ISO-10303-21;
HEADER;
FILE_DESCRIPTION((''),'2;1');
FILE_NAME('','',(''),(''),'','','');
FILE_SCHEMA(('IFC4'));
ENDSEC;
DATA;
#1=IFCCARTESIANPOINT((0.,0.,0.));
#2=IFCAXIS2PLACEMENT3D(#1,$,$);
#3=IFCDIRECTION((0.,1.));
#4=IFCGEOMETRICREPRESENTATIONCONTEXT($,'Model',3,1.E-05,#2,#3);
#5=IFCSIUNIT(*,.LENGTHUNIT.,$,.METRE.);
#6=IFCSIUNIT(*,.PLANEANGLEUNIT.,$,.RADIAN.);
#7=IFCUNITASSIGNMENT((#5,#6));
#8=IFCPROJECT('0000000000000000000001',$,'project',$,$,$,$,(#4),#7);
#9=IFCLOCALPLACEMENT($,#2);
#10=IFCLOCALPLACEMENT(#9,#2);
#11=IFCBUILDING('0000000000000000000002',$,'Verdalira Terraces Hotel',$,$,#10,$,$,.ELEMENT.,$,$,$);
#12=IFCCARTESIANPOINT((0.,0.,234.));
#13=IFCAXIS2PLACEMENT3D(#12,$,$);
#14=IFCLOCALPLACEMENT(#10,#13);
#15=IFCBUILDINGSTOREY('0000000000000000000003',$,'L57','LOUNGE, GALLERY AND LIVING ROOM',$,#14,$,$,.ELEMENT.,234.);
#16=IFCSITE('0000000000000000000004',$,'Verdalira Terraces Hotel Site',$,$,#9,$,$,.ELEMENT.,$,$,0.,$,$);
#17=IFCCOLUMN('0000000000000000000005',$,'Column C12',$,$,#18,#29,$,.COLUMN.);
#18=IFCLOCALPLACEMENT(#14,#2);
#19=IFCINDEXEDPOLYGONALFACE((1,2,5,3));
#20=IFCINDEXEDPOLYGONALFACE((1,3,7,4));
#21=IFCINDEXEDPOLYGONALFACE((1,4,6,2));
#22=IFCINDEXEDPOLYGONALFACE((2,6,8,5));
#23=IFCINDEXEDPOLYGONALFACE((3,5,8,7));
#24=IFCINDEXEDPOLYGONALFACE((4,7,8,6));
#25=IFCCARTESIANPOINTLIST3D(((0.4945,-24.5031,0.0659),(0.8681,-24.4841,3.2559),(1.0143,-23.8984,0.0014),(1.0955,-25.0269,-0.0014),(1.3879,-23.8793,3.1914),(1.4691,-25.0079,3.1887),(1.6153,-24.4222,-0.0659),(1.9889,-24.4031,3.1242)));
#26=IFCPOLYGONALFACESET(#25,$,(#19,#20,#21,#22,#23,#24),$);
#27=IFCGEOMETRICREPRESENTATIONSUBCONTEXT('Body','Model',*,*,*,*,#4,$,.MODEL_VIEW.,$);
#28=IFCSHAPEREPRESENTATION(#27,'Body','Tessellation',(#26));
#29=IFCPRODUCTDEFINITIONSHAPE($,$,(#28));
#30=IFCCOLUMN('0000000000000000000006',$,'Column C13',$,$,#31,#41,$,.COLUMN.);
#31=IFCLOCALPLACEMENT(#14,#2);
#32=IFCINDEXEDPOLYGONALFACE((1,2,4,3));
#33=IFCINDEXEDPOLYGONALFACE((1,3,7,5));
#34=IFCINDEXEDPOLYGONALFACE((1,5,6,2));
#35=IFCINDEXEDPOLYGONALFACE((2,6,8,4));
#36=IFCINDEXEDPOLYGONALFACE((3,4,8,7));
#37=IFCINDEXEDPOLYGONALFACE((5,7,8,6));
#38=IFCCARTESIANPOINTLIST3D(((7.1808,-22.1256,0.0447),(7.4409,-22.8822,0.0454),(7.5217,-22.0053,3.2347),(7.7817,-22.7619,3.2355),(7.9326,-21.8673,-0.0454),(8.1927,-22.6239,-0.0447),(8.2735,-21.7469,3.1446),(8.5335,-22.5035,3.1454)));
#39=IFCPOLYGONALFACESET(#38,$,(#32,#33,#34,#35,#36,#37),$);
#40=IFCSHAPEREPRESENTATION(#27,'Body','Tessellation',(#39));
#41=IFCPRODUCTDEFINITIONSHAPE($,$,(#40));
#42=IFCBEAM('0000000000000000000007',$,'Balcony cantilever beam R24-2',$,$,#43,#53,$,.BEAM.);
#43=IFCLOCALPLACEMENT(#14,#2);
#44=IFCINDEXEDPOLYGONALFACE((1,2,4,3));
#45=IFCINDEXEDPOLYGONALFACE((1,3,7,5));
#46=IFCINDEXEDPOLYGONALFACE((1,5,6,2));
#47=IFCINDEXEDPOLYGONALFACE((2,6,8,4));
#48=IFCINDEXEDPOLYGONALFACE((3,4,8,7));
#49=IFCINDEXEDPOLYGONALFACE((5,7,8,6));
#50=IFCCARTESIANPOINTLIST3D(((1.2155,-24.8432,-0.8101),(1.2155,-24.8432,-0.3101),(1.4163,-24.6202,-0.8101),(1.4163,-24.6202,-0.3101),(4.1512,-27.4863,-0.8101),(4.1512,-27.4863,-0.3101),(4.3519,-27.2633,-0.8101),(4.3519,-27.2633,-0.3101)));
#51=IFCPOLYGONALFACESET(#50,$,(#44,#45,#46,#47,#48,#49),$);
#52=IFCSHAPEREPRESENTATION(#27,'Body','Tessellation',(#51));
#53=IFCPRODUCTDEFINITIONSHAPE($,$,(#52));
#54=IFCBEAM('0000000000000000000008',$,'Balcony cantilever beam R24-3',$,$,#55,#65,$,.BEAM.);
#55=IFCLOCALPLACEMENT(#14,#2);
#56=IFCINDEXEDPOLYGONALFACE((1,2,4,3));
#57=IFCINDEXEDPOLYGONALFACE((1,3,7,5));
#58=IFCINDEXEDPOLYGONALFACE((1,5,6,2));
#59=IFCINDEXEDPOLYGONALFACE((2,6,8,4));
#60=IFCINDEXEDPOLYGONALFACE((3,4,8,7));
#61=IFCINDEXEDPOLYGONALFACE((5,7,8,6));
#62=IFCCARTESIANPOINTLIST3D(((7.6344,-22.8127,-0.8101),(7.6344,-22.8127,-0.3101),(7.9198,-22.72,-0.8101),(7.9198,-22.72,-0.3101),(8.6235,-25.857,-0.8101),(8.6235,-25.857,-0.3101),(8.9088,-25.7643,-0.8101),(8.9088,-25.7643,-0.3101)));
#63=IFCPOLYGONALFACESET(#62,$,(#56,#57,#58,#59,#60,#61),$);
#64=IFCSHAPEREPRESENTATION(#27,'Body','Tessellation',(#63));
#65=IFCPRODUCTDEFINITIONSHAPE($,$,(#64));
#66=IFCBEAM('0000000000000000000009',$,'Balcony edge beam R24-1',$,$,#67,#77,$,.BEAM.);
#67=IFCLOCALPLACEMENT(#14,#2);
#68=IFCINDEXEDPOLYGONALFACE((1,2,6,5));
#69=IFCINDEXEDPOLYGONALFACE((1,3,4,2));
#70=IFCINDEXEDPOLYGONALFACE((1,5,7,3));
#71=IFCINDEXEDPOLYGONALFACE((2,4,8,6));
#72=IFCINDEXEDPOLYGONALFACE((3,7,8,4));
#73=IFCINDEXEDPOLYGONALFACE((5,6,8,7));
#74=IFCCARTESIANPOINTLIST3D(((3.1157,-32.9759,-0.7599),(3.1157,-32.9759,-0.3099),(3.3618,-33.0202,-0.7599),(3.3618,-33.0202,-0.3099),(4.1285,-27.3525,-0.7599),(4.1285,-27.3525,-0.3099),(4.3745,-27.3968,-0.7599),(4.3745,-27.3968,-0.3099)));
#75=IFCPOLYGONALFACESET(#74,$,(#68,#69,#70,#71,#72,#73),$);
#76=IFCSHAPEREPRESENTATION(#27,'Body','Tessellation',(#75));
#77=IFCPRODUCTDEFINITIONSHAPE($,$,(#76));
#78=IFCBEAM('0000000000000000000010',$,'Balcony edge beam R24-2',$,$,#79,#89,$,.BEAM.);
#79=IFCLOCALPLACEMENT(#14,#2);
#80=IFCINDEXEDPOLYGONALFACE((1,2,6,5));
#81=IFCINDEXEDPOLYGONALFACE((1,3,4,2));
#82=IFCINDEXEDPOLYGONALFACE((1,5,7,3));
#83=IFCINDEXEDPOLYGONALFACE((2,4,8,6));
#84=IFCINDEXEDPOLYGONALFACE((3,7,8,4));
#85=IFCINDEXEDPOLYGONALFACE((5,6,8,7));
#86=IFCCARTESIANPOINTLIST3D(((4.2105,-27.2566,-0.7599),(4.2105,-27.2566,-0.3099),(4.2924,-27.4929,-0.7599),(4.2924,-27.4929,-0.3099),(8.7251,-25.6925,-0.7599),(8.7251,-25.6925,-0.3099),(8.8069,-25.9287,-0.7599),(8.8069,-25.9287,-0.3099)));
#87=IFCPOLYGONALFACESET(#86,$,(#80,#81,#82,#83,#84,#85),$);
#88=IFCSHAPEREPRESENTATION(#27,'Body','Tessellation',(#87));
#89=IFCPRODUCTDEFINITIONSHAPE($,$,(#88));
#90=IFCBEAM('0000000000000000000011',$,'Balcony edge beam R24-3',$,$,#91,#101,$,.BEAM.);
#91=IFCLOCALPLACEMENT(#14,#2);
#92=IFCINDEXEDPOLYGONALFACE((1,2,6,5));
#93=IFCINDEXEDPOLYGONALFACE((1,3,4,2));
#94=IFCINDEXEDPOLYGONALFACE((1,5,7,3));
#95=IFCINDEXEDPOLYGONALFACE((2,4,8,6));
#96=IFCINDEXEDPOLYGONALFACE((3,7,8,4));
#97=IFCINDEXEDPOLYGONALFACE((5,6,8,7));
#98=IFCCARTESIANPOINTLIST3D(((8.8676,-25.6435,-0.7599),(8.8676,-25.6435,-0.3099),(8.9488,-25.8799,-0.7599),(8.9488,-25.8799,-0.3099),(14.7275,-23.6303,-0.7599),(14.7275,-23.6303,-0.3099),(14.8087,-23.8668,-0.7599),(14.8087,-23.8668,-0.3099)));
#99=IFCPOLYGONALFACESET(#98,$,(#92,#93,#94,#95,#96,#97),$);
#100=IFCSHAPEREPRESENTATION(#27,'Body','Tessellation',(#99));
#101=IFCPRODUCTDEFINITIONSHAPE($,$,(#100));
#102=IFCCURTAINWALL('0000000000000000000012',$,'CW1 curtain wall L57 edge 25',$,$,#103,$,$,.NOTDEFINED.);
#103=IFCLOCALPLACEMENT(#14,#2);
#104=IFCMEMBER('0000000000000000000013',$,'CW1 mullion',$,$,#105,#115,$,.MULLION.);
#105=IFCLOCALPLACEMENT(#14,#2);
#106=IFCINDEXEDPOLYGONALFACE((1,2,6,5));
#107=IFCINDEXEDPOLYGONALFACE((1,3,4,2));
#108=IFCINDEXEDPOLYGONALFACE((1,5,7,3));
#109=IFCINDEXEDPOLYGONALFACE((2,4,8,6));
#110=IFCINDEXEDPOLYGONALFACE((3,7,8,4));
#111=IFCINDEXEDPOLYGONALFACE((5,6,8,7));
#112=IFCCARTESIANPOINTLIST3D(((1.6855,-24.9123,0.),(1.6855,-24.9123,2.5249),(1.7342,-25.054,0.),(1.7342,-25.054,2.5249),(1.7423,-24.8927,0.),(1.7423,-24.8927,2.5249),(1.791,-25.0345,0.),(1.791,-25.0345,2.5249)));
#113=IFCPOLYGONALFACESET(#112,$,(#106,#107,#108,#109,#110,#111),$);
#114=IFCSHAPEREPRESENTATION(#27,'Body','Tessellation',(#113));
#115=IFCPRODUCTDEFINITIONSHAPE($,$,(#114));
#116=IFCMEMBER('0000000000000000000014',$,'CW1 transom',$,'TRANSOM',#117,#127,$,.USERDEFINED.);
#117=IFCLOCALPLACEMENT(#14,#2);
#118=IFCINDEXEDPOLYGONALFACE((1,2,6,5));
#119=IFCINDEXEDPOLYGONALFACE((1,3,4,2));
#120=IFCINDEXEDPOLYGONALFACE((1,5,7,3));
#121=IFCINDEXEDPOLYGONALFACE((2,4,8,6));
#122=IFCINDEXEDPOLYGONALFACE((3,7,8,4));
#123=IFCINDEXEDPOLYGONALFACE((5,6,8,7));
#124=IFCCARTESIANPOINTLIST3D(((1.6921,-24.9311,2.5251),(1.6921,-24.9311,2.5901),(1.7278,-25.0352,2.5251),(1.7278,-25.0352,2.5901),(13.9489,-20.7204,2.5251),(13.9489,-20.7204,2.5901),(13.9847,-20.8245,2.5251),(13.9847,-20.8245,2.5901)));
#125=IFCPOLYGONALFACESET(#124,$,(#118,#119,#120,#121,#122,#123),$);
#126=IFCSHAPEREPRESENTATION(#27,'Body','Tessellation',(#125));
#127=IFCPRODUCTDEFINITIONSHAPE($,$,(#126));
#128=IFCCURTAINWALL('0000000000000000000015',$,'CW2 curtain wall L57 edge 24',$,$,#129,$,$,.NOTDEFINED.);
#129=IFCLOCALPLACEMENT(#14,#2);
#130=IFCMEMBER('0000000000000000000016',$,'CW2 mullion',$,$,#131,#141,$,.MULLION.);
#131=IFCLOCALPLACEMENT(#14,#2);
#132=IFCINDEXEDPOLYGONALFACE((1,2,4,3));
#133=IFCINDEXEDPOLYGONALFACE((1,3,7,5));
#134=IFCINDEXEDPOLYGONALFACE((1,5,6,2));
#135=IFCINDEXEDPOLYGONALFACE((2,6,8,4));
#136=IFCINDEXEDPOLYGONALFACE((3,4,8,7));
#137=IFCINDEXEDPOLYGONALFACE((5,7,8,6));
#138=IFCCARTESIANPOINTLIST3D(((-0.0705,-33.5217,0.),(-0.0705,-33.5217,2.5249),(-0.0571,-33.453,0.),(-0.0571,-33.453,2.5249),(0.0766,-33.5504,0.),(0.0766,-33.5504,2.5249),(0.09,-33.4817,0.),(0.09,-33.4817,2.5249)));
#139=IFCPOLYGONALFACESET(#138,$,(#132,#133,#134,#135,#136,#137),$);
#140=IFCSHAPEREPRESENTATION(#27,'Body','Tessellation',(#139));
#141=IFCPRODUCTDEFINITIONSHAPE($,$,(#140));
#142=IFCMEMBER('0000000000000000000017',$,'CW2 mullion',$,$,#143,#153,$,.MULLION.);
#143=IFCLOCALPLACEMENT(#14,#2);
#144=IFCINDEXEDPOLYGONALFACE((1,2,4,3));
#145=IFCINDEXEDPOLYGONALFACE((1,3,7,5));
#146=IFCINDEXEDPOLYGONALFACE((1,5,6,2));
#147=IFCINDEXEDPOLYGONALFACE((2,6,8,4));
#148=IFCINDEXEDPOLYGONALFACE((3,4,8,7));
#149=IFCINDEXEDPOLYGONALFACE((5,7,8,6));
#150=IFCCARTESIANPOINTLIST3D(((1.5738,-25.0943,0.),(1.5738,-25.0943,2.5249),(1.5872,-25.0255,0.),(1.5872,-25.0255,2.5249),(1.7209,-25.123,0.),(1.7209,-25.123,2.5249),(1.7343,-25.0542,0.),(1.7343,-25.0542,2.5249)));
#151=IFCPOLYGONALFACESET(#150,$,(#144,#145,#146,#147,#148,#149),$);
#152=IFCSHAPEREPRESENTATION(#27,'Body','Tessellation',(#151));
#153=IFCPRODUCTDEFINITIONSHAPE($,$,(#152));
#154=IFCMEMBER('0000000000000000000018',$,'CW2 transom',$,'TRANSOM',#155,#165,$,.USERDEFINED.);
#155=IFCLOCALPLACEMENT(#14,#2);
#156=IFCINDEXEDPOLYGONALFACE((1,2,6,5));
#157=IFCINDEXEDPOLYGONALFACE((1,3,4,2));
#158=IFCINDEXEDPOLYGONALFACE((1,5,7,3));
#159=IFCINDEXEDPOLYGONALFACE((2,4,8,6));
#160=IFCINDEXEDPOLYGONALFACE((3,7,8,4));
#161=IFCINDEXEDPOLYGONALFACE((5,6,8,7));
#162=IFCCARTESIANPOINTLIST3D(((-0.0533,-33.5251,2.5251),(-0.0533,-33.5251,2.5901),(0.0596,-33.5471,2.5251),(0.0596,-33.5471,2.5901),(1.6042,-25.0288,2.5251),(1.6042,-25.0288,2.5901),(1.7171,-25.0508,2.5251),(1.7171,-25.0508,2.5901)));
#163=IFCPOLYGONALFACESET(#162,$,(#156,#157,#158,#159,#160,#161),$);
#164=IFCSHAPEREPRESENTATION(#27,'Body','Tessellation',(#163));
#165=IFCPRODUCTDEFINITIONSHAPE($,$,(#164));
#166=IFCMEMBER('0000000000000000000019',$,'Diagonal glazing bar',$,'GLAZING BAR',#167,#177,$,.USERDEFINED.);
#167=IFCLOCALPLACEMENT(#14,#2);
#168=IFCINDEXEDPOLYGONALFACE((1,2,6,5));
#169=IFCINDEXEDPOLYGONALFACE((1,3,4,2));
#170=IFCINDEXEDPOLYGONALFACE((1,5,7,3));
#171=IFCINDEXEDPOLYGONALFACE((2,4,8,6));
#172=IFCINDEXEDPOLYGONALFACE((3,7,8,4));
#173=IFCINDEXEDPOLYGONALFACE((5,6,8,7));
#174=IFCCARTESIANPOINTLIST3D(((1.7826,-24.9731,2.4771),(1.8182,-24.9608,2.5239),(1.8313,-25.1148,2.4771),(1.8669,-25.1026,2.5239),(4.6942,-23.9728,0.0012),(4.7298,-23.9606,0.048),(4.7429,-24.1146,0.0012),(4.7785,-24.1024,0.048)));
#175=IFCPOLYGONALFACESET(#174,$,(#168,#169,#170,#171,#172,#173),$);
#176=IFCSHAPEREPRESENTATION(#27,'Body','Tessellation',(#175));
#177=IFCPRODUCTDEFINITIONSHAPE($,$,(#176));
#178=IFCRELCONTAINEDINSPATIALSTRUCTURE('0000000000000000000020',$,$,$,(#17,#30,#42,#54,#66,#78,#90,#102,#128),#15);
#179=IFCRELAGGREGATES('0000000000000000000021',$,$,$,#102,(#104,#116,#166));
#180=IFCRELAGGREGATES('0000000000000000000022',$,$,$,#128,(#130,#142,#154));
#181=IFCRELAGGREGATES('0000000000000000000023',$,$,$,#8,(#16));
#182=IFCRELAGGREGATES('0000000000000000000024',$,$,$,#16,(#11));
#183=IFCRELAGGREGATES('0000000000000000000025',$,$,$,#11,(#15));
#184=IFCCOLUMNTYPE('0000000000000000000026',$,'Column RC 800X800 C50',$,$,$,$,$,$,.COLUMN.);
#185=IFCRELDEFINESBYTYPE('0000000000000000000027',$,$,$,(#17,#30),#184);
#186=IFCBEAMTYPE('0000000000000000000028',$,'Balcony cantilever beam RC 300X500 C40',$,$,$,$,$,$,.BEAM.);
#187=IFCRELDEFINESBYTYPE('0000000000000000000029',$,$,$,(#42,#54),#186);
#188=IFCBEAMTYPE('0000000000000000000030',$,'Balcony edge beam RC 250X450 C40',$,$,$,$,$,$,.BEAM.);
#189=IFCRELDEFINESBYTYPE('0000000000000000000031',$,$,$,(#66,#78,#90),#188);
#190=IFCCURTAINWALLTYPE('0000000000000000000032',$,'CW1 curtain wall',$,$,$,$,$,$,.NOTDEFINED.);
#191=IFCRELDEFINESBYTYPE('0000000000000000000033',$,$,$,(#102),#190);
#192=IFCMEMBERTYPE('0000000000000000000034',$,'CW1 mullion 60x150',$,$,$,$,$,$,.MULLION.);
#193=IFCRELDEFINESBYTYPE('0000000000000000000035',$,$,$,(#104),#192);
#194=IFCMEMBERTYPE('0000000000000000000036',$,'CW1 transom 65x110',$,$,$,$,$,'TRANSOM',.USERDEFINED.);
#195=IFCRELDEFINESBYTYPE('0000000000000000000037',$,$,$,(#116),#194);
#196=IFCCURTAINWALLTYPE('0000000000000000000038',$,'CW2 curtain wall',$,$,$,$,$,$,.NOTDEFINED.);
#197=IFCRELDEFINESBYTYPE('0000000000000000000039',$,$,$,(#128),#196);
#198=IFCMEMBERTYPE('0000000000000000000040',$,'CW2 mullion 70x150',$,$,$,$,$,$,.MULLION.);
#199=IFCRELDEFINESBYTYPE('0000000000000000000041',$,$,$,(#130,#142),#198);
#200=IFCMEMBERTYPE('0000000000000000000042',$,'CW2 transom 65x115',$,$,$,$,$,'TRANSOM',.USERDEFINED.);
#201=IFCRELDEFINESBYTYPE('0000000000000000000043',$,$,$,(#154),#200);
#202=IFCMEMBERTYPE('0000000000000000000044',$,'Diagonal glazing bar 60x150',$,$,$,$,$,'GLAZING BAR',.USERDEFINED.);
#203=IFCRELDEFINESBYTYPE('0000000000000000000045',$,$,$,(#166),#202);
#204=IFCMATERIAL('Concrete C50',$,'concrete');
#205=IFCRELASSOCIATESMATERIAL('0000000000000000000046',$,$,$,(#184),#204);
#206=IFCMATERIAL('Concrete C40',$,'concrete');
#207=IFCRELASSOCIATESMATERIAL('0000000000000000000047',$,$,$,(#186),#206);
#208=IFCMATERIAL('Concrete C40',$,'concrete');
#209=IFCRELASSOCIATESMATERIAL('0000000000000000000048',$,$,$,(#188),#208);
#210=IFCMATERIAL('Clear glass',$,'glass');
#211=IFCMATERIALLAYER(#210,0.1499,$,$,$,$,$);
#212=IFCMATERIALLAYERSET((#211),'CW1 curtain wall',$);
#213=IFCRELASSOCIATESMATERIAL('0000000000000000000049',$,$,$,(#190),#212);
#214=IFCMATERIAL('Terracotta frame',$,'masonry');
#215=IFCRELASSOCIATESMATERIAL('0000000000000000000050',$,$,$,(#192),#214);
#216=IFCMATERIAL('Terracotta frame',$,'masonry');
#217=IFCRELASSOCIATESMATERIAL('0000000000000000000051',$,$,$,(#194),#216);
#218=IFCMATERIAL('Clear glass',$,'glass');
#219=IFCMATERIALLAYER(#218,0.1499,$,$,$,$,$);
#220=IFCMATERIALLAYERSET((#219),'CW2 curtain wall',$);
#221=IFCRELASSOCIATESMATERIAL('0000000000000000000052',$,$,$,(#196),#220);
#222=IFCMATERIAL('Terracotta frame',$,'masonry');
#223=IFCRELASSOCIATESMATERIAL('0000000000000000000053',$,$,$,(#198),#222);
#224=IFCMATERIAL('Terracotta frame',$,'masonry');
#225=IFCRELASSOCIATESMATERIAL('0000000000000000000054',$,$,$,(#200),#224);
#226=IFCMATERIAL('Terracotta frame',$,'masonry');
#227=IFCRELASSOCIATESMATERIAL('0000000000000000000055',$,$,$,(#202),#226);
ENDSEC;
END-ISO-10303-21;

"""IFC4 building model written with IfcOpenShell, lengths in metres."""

from ifc_helpers import new_model, si_unit, direction, frame, origin, origin_2d, place, context, subcontext, project, spatial, rectangle, extrude, material, layer, layer_set, material_profile, profile_set, type_object, element, aggregate, save


model = new_model("IFC4")

# Units and contexts
model_context = context("Model", 3, precision=1e-05, world=origin(), true_north=direction((0.0, 1.0)))
body_context = subcontext(model_context, "Body", "Model", "MODEL_VIEW")
ifc_project = project(units=[si_unit("LENGTHUNIT", "METRE"), si_unit("PLANEANGLEUNIT", "RADIAN")], contexts=[model_context])

# Site, building, storey
site_placement = place(None, origin())
site = spatial("IfcSite", under=ifc_project, at=site_placement, Name="Verdalira Terraces Hotel Site", CompositionType="ELEMENT", RefElevation=0.0)
building_placement = place(site_placement, origin())
building = spatial("IfcBuilding", under=site, at=building_placement, Name="Verdalira Terraces Hotel", CompositionType="ELEMENT")
storey_placement = place(building_placement, frame((0.0, 0.0, 234.0)))
storey = spatial("IfcBuildingStorey", under=building, at=storey_placement, Name="L57", Description="LOUNGE, GALLERY AND LIVING ROOM", CompositionType="ELEMENT", Elevation=234.0)

# Columns
ifc_material_1 = material(Name="Concrete C50", Category="concrete")
ifc_material_profile_1 = material_profile(ifc_material_1, rectangle(XDim=0.8, YDim=0.8, at=origin_2d()), Name="RC 800X800")
ifc_profile_set_1 = profile_set([ifc_material_profile_1], Name="Concrete C50")
column_type = type_object("IfcColumnType", Name="Column RC 800X800 C50", PredefinedType="COLUMN", material=ifc_profile_set_1)
column_1_placement = place(storey_placement, frame((1.0549, -24.4626, 0.0), z_axis=(0.116301, 0.005929, 0.993196), x_axis=(-0.64972, -0.755889, 0.080593)))
element("IfcColumn", 1, at=column_1_placement, inside=storey, type_object=column_type, Name="Column C12", PredefinedType="COLUMN", context=body_context, shape_type="SweptSolid", body=[
    extrude(rectangle(XDim=0.8, YDim=0.8, at=origin_2d()), origin(), (0.0, 0.0, 1.0), 3.2119),
])
column_2_placement = place(storey_placement, frame((7.6868, -22.3748, 0.0), z_axis=(0.106163, 0.037492, 0.993642), x_axis=(0.939707, 0.322917, -0.112585)))
element("IfcColumn", 2, at=column_2_placement, inside=storey, type_object=column_type, Name="Column C13", PredefinedType="COLUMN", context=body_context, shape_type="SweptSolid", body=[
    extrude(rectangle(XDim=0.8, YDim=0.8, at=origin_2d()), origin(), (0.0, 0.0, 1.0), 3.2104),
])

# Beams
ifc_material_2 = material(Name="Concrete C40", Category="concrete")
ifc_material_profile_2 = material_profile(ifc_material_2, rectangle(XDim=0.3, YDim=0.5, at=origin_2d()), Name="RC 300X500")
ifc_profile_set_2 = profile_set([ifc_material_profile_2], Name="Concrete C40")
beam_type_1 = type_object("IfcBeamType", Name="Balcony cantilever beam RC 300X500 C40", PredefinedType="BEAM", material=ifc_profile_set_2)
beam_1_placement = place(storey_placement, frame((1.3159, -24.7317, -0.5601), z_axis=(0.743159, -0.669115, 0.0), x_axis=(0.669115, 0.743159, 0.0)))
element("IfcBeam", 3, at=beam_1_placement, inside=storey, type_object=beam_type_1, Name="Balcony cantilever beam R24-2", PredefinedType="BEAM", context=body_context, shape_type="SweptSolid", body=[
    extrude(rectangle(XDim=0.3, YDim=0.5, at=origin_2d()), origin(), (0.0, 0.0, 1.0), 3.9502),
])
beam_2_placement = place(storey_placement, frame((7.7771, -22.7664, -0.5601), z_axis=(0.308988, -0.951066, 0.0), x_axis=(0.951066, 0.308988, 0.0)))
element("IfcBeam", 4, at=beam_2_placement, inside=storey, type_object=beam_type_1, Name="Balcony cantilever beam R24-3", PredefinedType="BEAM", context=body_context, shape_type="SweptSolid", body=[
    extrude(rectangle(XDim=0.3, YDim=0.5, at=origin_2d()), origin(), (0.0, 0.0, 1.0), 3.2009),
])
ifc_material_3 = material(Name="Concrete C40", Category="concrete")
ifc_material_profile_3 = material_profile(ifc_material_3, rectangle(XDim=0.25, YDim=0.45, at=origin_2d()), Name="RC 250X450")
ifc_profile_set_3 = profile_set([ifc_material_profile_3], Name="Concrete C40")
beam_type_2 = type_object("IfcBeamType", Name="Balcony edge beam RC 250X450 C40", PredefinedType="BEAM", material=ifc_profile_set_3)
beam_3_placement = place(storey_placement, frame((3.2388, -32.998, -0.5349), z_axis=(0.177238, 0.984168, 0.0), x_axis=(-0.984168, 0.177238, 0.0)))
element("IfcBeam", 5, at=beam_3_placement, inside=storey, type_object=beam_type_2, Name="Balcony edge beam R24-1", PredefinedType="BEAM", context=body_context, shape_type="SweptSolid", body=[
    extrude(rectangle(XDim=0.25, YDim=0.45, at=origin_2d()), origin(), (0.0, 0.0, 1.0), 5.7139),
])
beam_4_placement = place(storey_placement, frame((4.2515, -27.3748, -0.5349), z_axis=(0.944892, 0.327381, 0.0), x_axis=(-0.327381, 0.944892, 0.0)))
element("IfcBeam", 6, at=beam_4_placement, inside=storey, type_object=beam_type_2, Name="Balcony edge beam R24-2", PredefinedType="BEAM", context=body_context, shape_type="SweptSolid", body=[
    extrude(rectangle(XDim=0.25, YDim=0.45, at=origin_2d()), origin(), (0.0, 0.0, 1.0), 4.7778),
])
beam_5_placement = place(storey_placement, frame((8.9082, -25.7617, -0.5349), z_axis=(0.945743, 0.324915, 0.0), x_axis=(-0.324915, 0.945743, 0.0)))
element("IfcBeam", 7, at=beam_5_placement, inside=storey, type_object=beam_type_2, Name="Balcony edge beam R24-3", PredefinedType="BEAM", context=body_context, shape_type="SweptSolid", body=[
    extrude(rectangle(XDim=0.25, YDim=0.45, at=origin_2d()), origin(), (0.0, 0.0, 1.0), 6.196),
])

# Curtain walls, members
ifc_material_4 = material(Name="Clear glass", Category="glass")
ifc_layer_1 = layer(ifc_material_4, 0.1499)
ifc_layer_set_1 = layer_set([ifc_layer_1], Name="CW1 curtain wall")
curtain_wall_type_1 = type_object("IfcCurtainWallType", Name="CW1 curtain wall", PredefinedType="NOTDEFINED", material=ifc_layer_set_1)
curtain_wall_1_placement = place(storey_placement, origin())
curtain_wall_1 = element("IfcCurtainWall", 8, at=curtain_wall_1_placement, inside=storey, type_object=curtain_wall_type_1, Name="CW1 curtain wall L57 edge 25", PredefinedType="NOTDEFINED")
ifc_material_5 = material(Name="Terracotta frame", Category="masonry")
ifc_material_profile_4 = material_profile(ifc_material_5, rectangle(XDim=0.0601, YDim=0.1499, at=origin_2d()), Name="MU 60x150")
ifc_profile_set_4 = profile_set([ifc_material_profile_4], Name="Terracotta frame")
member_type_1 = type_object("IfcMemberType", Name="CW1 mullion 60x150", PredefinedType="MULLION", material=ifc_profile_set_4)
member_1_placement = place(storey_placement, frame((1.7383, -24.9734, 0.0), z_axis=(0.0, 0.0, 1.0), x_axis=(0.945746, 0.324908, 0.0)))
member_1 = element("IfcMember", 9, at=member_1_placement, type_object=member_type_1, Name="CW1 mullion", PredefinedType="MULLION", context=body_context, shape_type="SweptSolid", body=[
    extrude(rectangle(XDim=0.0601, YDim=0.1499, at=origin_2d()), origin(), (0.0, 0.0, 1.0), 2.5249),
])
ifc_material_6 = material(Name="Terracotta frame", Category="masonry")
ifc_material_profile_5 = material_profile(ifc_material_6, rectangle(XDim=0.1101, YDim=0.0649, at=origin_2d()), Name="TR 65x110")
ifc_profile_set_5 = profile_set([ifc_material_profile_5], Name="Terracotta frame")
member_type_2 = type_object("IfcMemberType", Name="CW1 transom 65x110", ElementType="TRANSOM", PredefinedType="USERDEFINED", material=ifc_profile_set_5)
member_2_placement = place(storey_placement, frame((1.71, -24.9832, 2.5576), z_axis=(0.945748, 0.324901, 0.0), x_axis=(-0.324901, 0.945748, 0.0)))
member_2 = element("IfcMember", 10, at=member_2_placement, type_object=member_type_2, Name="CW1 transom", ObjectType="TRANSOM", PredefinedType="USERDEFINED", context=body_context, shape_type="SweptSolid", body=[
    extrude(rectangle(XDim=0.1101, YDim=0.0649, at=origin_2d()), origin(), (0.0, 0.0, 1.0), 12.96),
])
ifc_material_7 = material(Name="Clear glass", Category="glass")
ifc_layer_2 = layer(ifc_material_7, 0.1499)
ifc_layer_set_2 = layer_set([ifc_layer_2], Name="CW2 curtain wall")
curtain_wall_type_2 = type_object("IfcCurtainWallType", Name="CW2 curtain wall", PredefinedType="NOTDEFINED", material=ifc_layer_set_2)
curtain_wall_2_placement = place(storey_placement, origin())
curtain_wall_2 = element("IfcCurtainWall", 11, at=curtain_wall_2_placement, inside=storey, type_object=curtain_wall_type_2, Name="CW2 curtain wall L57 edge 24", PredefinedType="NOTDEFINED")
ifc_material_8 = material(Name="Terracotta frame", Category="masonry")
ifc_material_profile_6 = material_profile(ifc_material_8, rectangle(XDim=0.0701, YDim=0.1499, at=origin_2d()), Name="MU 70x150")
ifc_profile_set_6 = profile_set([ifc_material_profile_6], Name="Terracotta frame")
member_type_3 = type_object("IfcMemberType", Name="CW2 mullion 70x150", PredefinedType="MULLION", material=ifc_profile_set_6)
member_3_placement = place(storey_placement, frame((0.0098, -33.5017, 0.0), z_axis=(0.0, 0.0, 1.0), x_axis=(0.191494, 0.981494, 0.0)))
member_3 = element("IfcMember", 12, at=member_3_placement, type_object=member_type_3, Name="CW2 mullion", PredefinedType="MULLION", context=body_context, shape_type="SweptSolid", body=[
    extrude(rectangle(XDim=0.0701, YDim=0.1499, at=origin_2d()), origin(), (0.0, 0.0, 1.0), 2.5249),
])
member_4_placement = place(storey_placement, frame((1.6541, -25.0742, 0.0), z_axis=(0.0, 0.0, 1.0), x_axis=(0.191494, 0.981494, 0.0)))
member_4 = element("IfcMember", 13, at=member_4_placement, type_object=member_type_3, Name="CW2 mullion", PredefinedType="MULLION", context=body_context, shape_type="SweptSolid", body=[
    extrude(rectangle(XDim=0.0701, YDim=0.1499, at=origin_2d()), origin(), (0.0, 0.0, 1.0), 2.5249),
])
ifc_material_9 = material(Name="Terracotta frame", Category="masonry")
ifc_material_profile_7 = material_profile(ifc_material_9, rectangle(XDim=0.115, YDim=0.0649, at=origin_2d()), Name="TR 65x115")
ifc_profile_set_7 = profile_set([ifc_material_profile_7], Name="Terracotta frame")
member_type_4 = type_object("IfcMemberType", Name="CW2 transom 65x115", ElementType="TRANSOM", PredefinedType="USERDEFINED", material=ifc_profile_set_7)
member_5_placement = place(storey_placement, frame((0.0032, -33.5361, 2.5576), z_axis=(0.191471, 0.981498, 0.0), x_axis=(-0.981498, 0.191471, 0.0)))
member_5 = element("IfcMember", 14, at=member_5_placement, type_object=member_type_4, Name="CW2 transom", ObjectType="TRANSOM", PredefinedType="USERDEFINED", context=body_context, shape_type="SweptSolid", body=[
    extrude(rectangle(XDim=0.115, YDim=0.0649, at=origin_2d()), origin(), (0.0, 0.0, 1.0), 8.6565),
])

# Member
ifc_material_10 = material(Name="Terracotta frame", Category="masonry")
ifc_material_profile_8 = material_profile(ifc_material_10, rectangle(XDim=0.1499, YDim=0.0601, at=origin_2d()), Name="GB 60x150")
ifc_profile_set_8 = profile_set([ifc_material_profile_8], Name="Terracotta frame")
member_type_5 = type_object("IfcMemberType", Name="Diagonal glazing bar 60x150", ElementType="GLAZING BAR", PredefinedType="USERDEFINED", material=ifc_profile_set_8)
member_6_placement = place(storey_placement, frame((1.8247, -25.0378, 2.5005), z_axis=(0.736995, 0.253184, -0.626687), x_axis=(-0.324898, 0.945749, 0.0)))
member_6 = element("IfcMember", 15, at=member_6_placement, type_object=member_type_5, Name="Diagonal glazing bar", ObjectType="GLAZING BAR", PredefinedType="USERDEFINED", context=body_context, shape_type="SweptSolid", body=[
    extrude(rectangle(XDim=0.1499, YDim=0.0601, at=origin_2d()), origin(), (0.0, 0.0, 1.0), 3.9507),
])

aggregate(curtain_wall_1, [member_1, member_2, member_6])
aggregate(curtain_wall_2, [member_3, member_4, member_5])

save(model, "model.ifc")
